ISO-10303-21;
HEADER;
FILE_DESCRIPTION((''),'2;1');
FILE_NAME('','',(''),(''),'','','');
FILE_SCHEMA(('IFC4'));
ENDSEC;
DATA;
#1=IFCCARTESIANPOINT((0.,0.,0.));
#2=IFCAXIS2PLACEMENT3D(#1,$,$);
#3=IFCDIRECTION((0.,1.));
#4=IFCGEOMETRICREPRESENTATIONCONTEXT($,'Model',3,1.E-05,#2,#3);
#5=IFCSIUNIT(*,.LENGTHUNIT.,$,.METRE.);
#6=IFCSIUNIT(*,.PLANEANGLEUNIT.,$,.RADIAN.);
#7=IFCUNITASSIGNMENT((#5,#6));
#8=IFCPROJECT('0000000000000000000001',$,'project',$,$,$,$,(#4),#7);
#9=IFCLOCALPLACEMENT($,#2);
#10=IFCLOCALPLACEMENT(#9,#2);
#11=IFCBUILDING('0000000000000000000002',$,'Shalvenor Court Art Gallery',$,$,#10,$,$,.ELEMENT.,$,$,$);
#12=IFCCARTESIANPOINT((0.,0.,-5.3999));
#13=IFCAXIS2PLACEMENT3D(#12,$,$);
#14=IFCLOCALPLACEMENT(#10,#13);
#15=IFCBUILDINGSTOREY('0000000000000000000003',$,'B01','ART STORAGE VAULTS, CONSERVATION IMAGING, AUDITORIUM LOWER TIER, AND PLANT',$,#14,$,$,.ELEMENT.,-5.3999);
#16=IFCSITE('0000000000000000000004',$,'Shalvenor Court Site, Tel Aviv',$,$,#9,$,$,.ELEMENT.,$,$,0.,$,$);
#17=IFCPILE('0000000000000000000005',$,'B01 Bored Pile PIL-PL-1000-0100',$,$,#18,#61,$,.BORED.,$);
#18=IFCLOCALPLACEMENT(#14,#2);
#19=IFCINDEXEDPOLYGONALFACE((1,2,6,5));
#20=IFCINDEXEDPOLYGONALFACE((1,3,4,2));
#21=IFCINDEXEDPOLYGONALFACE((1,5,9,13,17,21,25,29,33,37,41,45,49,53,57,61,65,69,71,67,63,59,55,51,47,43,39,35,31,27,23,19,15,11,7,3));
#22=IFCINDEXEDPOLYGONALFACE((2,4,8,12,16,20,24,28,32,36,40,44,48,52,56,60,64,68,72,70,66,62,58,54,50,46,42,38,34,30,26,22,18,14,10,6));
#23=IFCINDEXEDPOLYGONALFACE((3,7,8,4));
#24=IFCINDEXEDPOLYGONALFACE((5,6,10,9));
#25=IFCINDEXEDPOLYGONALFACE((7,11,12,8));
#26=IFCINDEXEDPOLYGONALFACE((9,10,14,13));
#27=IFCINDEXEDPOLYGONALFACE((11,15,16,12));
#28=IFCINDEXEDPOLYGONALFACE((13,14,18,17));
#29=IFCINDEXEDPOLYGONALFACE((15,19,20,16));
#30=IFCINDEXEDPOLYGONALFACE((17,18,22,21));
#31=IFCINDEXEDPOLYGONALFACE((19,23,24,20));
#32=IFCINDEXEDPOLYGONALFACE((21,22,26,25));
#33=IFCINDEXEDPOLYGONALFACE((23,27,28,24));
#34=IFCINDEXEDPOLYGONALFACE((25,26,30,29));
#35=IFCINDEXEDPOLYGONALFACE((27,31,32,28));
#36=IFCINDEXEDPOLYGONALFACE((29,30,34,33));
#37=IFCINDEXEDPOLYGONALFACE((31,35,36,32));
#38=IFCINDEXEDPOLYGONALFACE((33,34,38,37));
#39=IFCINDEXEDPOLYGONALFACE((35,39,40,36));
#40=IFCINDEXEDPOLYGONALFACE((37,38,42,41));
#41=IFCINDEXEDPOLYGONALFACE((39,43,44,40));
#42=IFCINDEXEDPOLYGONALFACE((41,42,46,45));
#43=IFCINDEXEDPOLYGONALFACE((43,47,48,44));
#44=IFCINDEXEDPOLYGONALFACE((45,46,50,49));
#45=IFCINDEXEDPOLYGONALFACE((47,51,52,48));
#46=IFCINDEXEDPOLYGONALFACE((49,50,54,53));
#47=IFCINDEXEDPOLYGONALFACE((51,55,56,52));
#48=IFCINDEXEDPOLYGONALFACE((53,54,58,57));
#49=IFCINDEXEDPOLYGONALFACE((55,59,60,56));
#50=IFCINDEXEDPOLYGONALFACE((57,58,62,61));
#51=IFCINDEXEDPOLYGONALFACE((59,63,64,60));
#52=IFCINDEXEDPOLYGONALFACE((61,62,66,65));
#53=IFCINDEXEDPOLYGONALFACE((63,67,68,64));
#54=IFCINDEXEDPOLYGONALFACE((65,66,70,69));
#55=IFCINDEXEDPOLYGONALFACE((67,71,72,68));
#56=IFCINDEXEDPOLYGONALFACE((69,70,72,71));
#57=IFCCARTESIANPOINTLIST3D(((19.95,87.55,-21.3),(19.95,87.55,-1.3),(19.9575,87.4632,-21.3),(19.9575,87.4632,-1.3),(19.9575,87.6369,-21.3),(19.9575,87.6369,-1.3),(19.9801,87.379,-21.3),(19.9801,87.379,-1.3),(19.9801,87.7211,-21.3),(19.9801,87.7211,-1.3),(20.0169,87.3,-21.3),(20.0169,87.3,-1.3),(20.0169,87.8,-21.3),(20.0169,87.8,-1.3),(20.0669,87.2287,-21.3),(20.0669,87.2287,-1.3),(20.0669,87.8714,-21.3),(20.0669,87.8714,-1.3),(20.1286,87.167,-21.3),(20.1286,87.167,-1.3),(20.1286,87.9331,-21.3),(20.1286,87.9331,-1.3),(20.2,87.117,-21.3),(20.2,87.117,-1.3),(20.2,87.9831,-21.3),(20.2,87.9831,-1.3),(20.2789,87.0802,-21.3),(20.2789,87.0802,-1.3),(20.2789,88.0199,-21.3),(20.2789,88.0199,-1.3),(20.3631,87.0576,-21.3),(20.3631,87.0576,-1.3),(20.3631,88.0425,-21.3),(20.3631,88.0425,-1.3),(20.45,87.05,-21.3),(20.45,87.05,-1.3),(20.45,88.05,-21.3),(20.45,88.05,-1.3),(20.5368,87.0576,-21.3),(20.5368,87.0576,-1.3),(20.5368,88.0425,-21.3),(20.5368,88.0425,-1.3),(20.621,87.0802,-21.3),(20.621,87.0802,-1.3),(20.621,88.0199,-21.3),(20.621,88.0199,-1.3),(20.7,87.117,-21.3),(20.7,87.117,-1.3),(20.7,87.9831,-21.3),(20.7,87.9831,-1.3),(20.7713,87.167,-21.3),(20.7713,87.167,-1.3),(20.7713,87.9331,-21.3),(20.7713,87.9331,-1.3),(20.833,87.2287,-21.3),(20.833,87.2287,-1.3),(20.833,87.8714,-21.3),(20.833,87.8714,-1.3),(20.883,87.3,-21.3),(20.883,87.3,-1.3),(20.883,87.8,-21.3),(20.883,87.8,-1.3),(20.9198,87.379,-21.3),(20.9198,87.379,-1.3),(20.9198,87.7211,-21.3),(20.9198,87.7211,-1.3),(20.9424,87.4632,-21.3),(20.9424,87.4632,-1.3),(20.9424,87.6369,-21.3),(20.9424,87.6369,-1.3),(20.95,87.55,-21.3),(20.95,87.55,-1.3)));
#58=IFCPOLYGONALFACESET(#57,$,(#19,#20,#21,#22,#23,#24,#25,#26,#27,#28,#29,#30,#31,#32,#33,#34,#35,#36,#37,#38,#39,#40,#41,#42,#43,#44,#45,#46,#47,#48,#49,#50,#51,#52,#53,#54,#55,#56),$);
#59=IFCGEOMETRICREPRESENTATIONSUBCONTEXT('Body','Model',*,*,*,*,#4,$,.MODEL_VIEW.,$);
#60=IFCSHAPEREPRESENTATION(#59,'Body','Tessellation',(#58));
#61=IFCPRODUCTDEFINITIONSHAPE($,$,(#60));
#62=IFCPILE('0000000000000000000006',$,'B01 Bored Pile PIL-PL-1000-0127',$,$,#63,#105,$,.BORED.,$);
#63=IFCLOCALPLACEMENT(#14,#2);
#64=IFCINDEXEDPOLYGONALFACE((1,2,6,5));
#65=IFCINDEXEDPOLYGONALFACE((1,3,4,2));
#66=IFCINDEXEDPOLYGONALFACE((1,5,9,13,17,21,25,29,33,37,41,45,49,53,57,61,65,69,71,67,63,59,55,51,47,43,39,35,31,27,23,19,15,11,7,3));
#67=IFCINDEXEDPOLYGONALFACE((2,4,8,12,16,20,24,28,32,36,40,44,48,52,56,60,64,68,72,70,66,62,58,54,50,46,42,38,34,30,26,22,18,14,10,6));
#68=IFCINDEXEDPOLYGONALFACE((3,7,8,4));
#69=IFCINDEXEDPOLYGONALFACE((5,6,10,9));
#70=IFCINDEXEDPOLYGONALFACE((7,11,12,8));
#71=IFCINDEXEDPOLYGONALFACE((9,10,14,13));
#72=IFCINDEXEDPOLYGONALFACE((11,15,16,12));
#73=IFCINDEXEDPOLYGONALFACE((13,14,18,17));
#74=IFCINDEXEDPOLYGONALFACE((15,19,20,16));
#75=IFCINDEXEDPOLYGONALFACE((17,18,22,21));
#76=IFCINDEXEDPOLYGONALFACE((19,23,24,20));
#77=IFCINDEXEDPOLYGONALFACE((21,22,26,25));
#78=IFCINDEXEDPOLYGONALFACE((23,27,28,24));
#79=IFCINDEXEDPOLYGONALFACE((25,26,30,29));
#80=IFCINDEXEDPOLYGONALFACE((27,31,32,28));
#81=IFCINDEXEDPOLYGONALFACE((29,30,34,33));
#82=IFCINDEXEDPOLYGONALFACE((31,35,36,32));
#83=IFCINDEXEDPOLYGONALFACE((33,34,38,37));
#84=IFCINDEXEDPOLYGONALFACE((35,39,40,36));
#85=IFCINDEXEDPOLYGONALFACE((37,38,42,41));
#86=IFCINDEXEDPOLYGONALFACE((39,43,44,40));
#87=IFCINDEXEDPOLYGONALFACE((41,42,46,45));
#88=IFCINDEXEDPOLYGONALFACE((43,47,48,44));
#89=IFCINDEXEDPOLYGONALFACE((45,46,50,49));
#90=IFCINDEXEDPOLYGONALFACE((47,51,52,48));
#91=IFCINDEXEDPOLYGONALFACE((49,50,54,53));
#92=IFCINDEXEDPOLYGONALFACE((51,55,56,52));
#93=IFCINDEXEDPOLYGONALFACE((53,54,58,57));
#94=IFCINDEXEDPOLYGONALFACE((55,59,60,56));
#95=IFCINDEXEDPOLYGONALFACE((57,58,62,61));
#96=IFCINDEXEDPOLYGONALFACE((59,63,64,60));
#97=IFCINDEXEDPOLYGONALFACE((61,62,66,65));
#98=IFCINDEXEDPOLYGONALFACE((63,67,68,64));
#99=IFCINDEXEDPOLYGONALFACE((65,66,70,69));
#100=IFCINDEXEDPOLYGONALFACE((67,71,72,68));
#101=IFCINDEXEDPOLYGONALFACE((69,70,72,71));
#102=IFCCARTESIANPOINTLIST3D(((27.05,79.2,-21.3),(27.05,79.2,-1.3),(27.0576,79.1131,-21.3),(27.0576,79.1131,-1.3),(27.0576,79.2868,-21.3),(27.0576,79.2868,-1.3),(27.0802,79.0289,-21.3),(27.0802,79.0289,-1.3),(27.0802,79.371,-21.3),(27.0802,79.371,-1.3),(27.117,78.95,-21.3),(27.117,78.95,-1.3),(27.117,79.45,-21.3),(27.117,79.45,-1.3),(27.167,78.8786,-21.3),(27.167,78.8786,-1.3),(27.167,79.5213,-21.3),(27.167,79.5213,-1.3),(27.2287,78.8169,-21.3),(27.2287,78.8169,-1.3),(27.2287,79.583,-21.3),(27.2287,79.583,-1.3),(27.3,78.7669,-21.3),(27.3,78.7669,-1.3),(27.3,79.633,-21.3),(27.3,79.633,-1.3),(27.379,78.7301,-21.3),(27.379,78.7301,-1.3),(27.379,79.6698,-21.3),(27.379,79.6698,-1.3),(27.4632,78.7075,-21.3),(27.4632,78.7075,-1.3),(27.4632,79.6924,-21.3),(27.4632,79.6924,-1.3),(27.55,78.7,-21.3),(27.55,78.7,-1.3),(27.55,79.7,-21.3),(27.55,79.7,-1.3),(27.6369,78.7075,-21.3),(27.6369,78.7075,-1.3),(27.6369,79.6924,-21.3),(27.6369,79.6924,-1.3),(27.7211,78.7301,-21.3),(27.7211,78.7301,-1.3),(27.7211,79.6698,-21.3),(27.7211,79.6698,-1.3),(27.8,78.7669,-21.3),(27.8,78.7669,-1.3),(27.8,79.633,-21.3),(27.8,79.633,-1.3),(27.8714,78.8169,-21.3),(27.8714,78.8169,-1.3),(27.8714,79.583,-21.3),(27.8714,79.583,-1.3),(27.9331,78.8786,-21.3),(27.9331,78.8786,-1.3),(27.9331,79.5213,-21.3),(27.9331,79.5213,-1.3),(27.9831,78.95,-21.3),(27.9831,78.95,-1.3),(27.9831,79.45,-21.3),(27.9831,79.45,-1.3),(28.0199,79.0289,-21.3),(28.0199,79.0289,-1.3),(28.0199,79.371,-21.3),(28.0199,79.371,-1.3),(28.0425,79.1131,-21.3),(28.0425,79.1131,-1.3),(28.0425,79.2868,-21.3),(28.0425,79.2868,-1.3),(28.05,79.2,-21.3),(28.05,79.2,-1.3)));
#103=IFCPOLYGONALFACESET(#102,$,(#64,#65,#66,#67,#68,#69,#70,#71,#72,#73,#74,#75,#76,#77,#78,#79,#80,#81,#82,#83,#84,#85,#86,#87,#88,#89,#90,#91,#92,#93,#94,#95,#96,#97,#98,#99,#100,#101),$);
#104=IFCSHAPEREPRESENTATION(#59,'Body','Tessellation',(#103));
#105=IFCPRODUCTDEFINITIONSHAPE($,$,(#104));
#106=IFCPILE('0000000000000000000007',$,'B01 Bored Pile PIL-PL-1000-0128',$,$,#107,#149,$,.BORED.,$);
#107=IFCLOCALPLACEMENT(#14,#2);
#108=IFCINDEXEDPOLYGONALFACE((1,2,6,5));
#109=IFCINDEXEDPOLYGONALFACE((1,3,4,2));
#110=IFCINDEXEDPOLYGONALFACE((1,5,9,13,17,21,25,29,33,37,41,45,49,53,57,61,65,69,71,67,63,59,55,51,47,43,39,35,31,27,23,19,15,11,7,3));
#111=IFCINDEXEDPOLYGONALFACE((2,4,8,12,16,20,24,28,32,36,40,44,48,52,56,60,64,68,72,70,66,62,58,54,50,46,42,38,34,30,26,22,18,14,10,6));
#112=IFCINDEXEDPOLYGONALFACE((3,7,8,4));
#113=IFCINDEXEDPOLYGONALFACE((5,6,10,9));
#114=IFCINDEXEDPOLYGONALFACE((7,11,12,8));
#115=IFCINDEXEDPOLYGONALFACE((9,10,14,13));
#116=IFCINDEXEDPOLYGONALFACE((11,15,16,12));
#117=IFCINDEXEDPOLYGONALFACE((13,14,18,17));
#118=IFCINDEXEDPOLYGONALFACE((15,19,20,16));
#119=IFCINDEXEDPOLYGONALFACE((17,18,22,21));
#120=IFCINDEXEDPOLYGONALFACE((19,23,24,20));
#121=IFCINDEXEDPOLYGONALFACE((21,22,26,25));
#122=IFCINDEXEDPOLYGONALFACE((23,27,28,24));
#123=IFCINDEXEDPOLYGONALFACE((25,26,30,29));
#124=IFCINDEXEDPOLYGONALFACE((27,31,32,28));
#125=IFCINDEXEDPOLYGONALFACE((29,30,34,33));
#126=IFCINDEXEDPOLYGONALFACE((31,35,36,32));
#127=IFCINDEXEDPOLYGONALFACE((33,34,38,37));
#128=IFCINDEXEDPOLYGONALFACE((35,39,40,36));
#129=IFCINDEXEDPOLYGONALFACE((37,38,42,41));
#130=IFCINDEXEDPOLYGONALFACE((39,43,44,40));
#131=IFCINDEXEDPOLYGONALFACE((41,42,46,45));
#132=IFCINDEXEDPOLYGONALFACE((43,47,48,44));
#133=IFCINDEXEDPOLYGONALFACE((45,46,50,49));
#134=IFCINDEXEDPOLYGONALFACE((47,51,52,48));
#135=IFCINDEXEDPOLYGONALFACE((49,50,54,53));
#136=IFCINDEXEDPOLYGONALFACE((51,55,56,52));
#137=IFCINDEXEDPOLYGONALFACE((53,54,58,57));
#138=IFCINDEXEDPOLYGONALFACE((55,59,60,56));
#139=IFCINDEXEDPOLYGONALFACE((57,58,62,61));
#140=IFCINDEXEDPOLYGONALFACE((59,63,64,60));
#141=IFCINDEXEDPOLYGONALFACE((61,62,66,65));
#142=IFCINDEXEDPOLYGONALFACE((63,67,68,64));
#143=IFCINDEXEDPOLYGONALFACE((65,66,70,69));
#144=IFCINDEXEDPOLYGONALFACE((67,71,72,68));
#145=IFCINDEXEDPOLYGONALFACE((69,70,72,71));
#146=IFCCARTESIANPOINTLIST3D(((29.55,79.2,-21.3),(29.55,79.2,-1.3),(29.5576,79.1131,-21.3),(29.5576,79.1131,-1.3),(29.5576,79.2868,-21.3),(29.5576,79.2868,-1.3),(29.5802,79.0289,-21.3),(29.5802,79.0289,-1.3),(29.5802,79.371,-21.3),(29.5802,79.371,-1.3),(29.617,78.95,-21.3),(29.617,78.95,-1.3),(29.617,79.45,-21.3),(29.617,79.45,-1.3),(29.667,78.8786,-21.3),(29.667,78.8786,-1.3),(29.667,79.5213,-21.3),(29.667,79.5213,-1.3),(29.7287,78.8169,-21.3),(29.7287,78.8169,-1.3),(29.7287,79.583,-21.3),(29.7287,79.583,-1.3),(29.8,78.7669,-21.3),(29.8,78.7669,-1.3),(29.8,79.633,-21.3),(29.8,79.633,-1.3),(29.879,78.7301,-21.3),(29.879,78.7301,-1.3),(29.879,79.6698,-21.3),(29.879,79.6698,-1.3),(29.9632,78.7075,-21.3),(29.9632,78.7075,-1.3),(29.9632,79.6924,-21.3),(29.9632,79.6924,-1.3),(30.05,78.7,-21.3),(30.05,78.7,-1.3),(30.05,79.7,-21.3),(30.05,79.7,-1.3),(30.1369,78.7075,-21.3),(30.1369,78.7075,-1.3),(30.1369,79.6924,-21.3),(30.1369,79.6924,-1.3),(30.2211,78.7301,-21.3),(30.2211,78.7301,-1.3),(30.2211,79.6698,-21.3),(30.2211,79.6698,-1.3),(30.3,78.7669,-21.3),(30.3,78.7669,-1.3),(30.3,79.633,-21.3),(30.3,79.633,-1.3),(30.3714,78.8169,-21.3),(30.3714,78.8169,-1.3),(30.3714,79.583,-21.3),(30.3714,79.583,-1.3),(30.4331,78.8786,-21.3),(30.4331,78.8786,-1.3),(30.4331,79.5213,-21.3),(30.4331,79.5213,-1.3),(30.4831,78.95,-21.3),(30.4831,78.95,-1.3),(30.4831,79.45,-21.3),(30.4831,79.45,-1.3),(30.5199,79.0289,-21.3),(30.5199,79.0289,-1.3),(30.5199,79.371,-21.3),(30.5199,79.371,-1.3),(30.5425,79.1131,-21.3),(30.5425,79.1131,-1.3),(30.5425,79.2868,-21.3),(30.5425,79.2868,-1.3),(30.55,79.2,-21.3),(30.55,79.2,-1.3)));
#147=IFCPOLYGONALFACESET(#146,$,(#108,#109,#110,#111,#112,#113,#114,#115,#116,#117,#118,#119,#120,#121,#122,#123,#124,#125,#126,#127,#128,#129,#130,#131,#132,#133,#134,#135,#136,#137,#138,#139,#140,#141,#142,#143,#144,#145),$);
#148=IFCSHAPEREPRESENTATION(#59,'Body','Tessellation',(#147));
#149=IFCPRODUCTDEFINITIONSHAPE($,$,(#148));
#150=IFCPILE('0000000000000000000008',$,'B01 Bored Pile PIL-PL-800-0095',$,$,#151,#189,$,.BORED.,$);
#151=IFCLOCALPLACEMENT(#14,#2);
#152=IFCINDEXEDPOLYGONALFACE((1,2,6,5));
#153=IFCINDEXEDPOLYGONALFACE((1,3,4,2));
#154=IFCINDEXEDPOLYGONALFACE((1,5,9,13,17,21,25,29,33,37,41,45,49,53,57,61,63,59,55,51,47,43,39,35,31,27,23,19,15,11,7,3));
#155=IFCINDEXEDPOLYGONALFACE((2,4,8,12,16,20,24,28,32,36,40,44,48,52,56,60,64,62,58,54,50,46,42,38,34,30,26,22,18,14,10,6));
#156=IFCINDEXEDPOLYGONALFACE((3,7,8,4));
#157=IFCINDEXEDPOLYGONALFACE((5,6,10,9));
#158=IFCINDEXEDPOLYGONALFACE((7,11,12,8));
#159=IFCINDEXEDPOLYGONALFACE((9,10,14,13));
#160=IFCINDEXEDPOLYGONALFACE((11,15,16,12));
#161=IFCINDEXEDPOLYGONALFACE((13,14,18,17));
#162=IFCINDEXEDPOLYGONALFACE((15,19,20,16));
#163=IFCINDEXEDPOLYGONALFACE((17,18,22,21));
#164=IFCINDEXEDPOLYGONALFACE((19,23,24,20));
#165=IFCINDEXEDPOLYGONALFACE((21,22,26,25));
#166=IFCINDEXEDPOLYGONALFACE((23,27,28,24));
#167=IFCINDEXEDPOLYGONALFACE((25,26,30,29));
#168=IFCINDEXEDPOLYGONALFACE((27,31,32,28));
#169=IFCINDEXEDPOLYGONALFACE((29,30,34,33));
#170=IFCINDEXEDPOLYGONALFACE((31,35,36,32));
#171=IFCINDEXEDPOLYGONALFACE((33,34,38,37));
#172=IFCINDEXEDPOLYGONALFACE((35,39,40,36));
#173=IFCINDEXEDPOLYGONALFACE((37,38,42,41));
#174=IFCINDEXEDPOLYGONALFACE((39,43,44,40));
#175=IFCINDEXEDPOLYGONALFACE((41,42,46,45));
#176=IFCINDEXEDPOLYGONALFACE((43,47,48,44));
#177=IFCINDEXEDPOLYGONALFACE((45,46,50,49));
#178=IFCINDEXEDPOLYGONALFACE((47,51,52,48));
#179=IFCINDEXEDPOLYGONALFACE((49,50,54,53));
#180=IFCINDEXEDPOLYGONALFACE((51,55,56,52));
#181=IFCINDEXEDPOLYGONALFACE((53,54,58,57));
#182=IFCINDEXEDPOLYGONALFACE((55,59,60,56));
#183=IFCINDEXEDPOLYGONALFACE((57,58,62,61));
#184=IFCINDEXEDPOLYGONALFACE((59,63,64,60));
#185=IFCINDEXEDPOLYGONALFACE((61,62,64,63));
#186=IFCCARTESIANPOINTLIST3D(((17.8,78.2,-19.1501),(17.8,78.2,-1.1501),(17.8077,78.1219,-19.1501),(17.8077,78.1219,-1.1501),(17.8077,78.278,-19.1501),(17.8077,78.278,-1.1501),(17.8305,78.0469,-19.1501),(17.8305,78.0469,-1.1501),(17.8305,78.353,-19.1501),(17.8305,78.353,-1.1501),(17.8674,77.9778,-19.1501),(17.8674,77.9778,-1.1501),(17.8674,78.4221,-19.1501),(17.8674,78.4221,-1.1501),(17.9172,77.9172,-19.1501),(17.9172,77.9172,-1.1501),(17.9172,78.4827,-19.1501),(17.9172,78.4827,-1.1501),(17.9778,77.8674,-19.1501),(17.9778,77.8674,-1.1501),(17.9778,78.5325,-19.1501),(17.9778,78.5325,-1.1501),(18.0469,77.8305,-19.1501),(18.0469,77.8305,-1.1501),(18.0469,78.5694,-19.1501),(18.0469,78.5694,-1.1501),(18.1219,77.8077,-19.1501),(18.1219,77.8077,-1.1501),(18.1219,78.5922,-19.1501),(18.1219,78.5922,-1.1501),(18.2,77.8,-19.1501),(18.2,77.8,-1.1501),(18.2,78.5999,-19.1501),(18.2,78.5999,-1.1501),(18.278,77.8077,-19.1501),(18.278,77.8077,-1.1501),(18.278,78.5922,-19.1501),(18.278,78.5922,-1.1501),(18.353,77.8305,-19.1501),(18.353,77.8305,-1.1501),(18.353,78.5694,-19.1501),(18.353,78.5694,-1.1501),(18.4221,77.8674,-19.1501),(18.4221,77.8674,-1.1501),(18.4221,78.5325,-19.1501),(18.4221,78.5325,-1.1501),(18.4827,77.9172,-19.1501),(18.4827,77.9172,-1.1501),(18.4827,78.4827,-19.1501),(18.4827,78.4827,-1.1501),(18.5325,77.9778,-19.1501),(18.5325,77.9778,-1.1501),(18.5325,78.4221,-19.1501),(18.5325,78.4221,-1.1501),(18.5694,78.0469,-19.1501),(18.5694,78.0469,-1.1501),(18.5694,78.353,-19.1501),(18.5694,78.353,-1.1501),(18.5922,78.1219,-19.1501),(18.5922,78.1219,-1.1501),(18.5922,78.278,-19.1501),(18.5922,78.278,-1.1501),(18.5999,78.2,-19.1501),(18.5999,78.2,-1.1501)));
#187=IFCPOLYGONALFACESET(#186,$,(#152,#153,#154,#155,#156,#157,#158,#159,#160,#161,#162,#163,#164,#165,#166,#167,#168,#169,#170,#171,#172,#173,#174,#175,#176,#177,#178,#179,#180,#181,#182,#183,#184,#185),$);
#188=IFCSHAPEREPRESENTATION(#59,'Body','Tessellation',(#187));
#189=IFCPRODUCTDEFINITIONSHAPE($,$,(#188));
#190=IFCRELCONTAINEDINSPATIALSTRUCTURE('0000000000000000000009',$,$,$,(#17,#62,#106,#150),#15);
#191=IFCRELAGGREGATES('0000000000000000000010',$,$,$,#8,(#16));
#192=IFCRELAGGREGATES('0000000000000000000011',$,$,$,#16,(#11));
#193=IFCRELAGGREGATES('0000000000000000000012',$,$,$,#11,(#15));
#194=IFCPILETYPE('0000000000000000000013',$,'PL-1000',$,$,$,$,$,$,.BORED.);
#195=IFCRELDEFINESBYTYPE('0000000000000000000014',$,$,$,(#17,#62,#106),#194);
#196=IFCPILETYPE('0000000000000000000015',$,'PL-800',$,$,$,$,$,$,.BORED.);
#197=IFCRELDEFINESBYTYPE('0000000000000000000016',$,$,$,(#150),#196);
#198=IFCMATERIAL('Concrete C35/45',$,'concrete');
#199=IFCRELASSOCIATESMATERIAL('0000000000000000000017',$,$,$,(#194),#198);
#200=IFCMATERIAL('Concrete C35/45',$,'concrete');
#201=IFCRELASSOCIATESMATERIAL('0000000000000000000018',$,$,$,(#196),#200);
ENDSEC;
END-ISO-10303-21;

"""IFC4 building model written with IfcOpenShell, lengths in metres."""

from ifc_helpers import new_model, si_unit, direction, frame, origin, origin_2d, place, context, subcontext, project, spatial, circle, extrude, material, material_profile, profile_set, type_object, element, save


model = new_model("IFC4")

# Units and contexts
model_context = context("Model", 3, precision=1e-05, world=origin(), true_north=direction((0.0, 1.0)))
body_context = subcontext(model_context, "Body", "Model", "MODEL_VIEW")
ifc_project = project(units=[si_unit("LENGTHUNIT", "METRE"), si_unit("PLANEANGLEUNIT", "RADIAN")], contexts=[model_context])

# Site, building, storey
site_placement = place(None, origin())
site = spatial("IfcSite", under=ifc_project, at=site_placement, Name="Shalvenor Court Site, Tel Aviv", CompositionType="ELEMENT", RefElevation=0.0)
building_placement = place(site_placement, origin())
building = spatial("IfcBuilding", under=site, at=building_placement, Name="Shalvenor Court Art Gallery", CompositionType="ELEMENT")
storey_placement = place(building_placement, frame((0.0, 0.0, -5.3999)))
storey = spatial("IfcBuildingStorey", under=building, at=storey_placement, Name="B01", Description="ART STORAGE VAULTS, CONSERVATION IMAGING, AUDITORIUM LOWER TIER, AND PLANT", CompositionType="ELEMENT", Elevation=-5.3999)

# Piles
ifc_material_1 = material(Name="Concrete C35/45", Category="concrete")
ifc_material_profile_1 = material_profile(ifc_material_1, circle(Radius=0.5, at=origin_2d()), Name="PILE 1000")
ifc_profile_set_1 = profile_set([ifc_material_profile_1], Name="Concrete C35/45")
pile_type_1 = type_object("IfcPileType", Name="PL-1000", PredefinedType="BORED", material=ifc_profile_set_1)
for number, where, z_axis, x_axis, name in (
    (1, (20.45, 87.55, -1.3), (0.0, 0.0, -1.0), (1.0, 0.0, 0.0), "B01 Bored Pile PIL-PL-1000-0100"),
    (2, (27.55, 79.2, -1.3), (0.0, 0.0, -1.0), (1.0, 0.0, 0.0), "B01 Bored Pile PIL-PL-1000-0127"),
    (3, (30.05, 79.2, -1.3), (0.0, 0.0, -1.0), (1.0, 0.0, 0.0), "B01 Bored Pile PIL-PL-1000-0128"),
):
    element("IfcPile", number, at=place(storey_placement, frame(where, z_axis=z_axis, x_axis=x_axis)), inside=storey, type_object=pile_type_1, Name=name, PredefinedType="BORED", context=body_context, shape_type="SweptSolid", body=[
        extrude(circle(Radius=0.5, at=origin_2d()), origin(), (0.0, 0.0, 1.0), 20.0),
    ])
ifc_material_2 = material(Name="Concrete C35/45", Category="concrete")
ifc_material_profile_2 = material_profile(ifc_material_2, circle(Radius=0.3999, at=origin_2d()), Name="PILE 800")
ifc_profile_set_2 = profile_set([ifc_material_profile_2], Name="Concrete C35/45")
pile_type_2 = type_object("IfcPileType", Name="PL-800", PredefinedType="BORED", material=ifc_profile_set_2)
for number, where, z_axis, x_axis, name in (
    (4, (18.2, 78.2, -1.1501), (0.0, 0.0, -1.0), (1.0, 0.0, 0.0), "B01 Bored Pile PIL-PL-800-0095"),
):
    element("IfcPile", number, at=place(storey_placement, frame(where, z_axis=z_axis, x_axis=x_axis)), inside=storey, type_object=pile_type_2, Name=name, PredefinedType="BORED", context=body_context, shape_type="SweptSolid", body=[
        extrude(circle(Radius=0.3999, at=origin_2d()), origin(), (0.0, 0.0, 1.0), 18.0),
    ])

save(model, "model.ifc")
